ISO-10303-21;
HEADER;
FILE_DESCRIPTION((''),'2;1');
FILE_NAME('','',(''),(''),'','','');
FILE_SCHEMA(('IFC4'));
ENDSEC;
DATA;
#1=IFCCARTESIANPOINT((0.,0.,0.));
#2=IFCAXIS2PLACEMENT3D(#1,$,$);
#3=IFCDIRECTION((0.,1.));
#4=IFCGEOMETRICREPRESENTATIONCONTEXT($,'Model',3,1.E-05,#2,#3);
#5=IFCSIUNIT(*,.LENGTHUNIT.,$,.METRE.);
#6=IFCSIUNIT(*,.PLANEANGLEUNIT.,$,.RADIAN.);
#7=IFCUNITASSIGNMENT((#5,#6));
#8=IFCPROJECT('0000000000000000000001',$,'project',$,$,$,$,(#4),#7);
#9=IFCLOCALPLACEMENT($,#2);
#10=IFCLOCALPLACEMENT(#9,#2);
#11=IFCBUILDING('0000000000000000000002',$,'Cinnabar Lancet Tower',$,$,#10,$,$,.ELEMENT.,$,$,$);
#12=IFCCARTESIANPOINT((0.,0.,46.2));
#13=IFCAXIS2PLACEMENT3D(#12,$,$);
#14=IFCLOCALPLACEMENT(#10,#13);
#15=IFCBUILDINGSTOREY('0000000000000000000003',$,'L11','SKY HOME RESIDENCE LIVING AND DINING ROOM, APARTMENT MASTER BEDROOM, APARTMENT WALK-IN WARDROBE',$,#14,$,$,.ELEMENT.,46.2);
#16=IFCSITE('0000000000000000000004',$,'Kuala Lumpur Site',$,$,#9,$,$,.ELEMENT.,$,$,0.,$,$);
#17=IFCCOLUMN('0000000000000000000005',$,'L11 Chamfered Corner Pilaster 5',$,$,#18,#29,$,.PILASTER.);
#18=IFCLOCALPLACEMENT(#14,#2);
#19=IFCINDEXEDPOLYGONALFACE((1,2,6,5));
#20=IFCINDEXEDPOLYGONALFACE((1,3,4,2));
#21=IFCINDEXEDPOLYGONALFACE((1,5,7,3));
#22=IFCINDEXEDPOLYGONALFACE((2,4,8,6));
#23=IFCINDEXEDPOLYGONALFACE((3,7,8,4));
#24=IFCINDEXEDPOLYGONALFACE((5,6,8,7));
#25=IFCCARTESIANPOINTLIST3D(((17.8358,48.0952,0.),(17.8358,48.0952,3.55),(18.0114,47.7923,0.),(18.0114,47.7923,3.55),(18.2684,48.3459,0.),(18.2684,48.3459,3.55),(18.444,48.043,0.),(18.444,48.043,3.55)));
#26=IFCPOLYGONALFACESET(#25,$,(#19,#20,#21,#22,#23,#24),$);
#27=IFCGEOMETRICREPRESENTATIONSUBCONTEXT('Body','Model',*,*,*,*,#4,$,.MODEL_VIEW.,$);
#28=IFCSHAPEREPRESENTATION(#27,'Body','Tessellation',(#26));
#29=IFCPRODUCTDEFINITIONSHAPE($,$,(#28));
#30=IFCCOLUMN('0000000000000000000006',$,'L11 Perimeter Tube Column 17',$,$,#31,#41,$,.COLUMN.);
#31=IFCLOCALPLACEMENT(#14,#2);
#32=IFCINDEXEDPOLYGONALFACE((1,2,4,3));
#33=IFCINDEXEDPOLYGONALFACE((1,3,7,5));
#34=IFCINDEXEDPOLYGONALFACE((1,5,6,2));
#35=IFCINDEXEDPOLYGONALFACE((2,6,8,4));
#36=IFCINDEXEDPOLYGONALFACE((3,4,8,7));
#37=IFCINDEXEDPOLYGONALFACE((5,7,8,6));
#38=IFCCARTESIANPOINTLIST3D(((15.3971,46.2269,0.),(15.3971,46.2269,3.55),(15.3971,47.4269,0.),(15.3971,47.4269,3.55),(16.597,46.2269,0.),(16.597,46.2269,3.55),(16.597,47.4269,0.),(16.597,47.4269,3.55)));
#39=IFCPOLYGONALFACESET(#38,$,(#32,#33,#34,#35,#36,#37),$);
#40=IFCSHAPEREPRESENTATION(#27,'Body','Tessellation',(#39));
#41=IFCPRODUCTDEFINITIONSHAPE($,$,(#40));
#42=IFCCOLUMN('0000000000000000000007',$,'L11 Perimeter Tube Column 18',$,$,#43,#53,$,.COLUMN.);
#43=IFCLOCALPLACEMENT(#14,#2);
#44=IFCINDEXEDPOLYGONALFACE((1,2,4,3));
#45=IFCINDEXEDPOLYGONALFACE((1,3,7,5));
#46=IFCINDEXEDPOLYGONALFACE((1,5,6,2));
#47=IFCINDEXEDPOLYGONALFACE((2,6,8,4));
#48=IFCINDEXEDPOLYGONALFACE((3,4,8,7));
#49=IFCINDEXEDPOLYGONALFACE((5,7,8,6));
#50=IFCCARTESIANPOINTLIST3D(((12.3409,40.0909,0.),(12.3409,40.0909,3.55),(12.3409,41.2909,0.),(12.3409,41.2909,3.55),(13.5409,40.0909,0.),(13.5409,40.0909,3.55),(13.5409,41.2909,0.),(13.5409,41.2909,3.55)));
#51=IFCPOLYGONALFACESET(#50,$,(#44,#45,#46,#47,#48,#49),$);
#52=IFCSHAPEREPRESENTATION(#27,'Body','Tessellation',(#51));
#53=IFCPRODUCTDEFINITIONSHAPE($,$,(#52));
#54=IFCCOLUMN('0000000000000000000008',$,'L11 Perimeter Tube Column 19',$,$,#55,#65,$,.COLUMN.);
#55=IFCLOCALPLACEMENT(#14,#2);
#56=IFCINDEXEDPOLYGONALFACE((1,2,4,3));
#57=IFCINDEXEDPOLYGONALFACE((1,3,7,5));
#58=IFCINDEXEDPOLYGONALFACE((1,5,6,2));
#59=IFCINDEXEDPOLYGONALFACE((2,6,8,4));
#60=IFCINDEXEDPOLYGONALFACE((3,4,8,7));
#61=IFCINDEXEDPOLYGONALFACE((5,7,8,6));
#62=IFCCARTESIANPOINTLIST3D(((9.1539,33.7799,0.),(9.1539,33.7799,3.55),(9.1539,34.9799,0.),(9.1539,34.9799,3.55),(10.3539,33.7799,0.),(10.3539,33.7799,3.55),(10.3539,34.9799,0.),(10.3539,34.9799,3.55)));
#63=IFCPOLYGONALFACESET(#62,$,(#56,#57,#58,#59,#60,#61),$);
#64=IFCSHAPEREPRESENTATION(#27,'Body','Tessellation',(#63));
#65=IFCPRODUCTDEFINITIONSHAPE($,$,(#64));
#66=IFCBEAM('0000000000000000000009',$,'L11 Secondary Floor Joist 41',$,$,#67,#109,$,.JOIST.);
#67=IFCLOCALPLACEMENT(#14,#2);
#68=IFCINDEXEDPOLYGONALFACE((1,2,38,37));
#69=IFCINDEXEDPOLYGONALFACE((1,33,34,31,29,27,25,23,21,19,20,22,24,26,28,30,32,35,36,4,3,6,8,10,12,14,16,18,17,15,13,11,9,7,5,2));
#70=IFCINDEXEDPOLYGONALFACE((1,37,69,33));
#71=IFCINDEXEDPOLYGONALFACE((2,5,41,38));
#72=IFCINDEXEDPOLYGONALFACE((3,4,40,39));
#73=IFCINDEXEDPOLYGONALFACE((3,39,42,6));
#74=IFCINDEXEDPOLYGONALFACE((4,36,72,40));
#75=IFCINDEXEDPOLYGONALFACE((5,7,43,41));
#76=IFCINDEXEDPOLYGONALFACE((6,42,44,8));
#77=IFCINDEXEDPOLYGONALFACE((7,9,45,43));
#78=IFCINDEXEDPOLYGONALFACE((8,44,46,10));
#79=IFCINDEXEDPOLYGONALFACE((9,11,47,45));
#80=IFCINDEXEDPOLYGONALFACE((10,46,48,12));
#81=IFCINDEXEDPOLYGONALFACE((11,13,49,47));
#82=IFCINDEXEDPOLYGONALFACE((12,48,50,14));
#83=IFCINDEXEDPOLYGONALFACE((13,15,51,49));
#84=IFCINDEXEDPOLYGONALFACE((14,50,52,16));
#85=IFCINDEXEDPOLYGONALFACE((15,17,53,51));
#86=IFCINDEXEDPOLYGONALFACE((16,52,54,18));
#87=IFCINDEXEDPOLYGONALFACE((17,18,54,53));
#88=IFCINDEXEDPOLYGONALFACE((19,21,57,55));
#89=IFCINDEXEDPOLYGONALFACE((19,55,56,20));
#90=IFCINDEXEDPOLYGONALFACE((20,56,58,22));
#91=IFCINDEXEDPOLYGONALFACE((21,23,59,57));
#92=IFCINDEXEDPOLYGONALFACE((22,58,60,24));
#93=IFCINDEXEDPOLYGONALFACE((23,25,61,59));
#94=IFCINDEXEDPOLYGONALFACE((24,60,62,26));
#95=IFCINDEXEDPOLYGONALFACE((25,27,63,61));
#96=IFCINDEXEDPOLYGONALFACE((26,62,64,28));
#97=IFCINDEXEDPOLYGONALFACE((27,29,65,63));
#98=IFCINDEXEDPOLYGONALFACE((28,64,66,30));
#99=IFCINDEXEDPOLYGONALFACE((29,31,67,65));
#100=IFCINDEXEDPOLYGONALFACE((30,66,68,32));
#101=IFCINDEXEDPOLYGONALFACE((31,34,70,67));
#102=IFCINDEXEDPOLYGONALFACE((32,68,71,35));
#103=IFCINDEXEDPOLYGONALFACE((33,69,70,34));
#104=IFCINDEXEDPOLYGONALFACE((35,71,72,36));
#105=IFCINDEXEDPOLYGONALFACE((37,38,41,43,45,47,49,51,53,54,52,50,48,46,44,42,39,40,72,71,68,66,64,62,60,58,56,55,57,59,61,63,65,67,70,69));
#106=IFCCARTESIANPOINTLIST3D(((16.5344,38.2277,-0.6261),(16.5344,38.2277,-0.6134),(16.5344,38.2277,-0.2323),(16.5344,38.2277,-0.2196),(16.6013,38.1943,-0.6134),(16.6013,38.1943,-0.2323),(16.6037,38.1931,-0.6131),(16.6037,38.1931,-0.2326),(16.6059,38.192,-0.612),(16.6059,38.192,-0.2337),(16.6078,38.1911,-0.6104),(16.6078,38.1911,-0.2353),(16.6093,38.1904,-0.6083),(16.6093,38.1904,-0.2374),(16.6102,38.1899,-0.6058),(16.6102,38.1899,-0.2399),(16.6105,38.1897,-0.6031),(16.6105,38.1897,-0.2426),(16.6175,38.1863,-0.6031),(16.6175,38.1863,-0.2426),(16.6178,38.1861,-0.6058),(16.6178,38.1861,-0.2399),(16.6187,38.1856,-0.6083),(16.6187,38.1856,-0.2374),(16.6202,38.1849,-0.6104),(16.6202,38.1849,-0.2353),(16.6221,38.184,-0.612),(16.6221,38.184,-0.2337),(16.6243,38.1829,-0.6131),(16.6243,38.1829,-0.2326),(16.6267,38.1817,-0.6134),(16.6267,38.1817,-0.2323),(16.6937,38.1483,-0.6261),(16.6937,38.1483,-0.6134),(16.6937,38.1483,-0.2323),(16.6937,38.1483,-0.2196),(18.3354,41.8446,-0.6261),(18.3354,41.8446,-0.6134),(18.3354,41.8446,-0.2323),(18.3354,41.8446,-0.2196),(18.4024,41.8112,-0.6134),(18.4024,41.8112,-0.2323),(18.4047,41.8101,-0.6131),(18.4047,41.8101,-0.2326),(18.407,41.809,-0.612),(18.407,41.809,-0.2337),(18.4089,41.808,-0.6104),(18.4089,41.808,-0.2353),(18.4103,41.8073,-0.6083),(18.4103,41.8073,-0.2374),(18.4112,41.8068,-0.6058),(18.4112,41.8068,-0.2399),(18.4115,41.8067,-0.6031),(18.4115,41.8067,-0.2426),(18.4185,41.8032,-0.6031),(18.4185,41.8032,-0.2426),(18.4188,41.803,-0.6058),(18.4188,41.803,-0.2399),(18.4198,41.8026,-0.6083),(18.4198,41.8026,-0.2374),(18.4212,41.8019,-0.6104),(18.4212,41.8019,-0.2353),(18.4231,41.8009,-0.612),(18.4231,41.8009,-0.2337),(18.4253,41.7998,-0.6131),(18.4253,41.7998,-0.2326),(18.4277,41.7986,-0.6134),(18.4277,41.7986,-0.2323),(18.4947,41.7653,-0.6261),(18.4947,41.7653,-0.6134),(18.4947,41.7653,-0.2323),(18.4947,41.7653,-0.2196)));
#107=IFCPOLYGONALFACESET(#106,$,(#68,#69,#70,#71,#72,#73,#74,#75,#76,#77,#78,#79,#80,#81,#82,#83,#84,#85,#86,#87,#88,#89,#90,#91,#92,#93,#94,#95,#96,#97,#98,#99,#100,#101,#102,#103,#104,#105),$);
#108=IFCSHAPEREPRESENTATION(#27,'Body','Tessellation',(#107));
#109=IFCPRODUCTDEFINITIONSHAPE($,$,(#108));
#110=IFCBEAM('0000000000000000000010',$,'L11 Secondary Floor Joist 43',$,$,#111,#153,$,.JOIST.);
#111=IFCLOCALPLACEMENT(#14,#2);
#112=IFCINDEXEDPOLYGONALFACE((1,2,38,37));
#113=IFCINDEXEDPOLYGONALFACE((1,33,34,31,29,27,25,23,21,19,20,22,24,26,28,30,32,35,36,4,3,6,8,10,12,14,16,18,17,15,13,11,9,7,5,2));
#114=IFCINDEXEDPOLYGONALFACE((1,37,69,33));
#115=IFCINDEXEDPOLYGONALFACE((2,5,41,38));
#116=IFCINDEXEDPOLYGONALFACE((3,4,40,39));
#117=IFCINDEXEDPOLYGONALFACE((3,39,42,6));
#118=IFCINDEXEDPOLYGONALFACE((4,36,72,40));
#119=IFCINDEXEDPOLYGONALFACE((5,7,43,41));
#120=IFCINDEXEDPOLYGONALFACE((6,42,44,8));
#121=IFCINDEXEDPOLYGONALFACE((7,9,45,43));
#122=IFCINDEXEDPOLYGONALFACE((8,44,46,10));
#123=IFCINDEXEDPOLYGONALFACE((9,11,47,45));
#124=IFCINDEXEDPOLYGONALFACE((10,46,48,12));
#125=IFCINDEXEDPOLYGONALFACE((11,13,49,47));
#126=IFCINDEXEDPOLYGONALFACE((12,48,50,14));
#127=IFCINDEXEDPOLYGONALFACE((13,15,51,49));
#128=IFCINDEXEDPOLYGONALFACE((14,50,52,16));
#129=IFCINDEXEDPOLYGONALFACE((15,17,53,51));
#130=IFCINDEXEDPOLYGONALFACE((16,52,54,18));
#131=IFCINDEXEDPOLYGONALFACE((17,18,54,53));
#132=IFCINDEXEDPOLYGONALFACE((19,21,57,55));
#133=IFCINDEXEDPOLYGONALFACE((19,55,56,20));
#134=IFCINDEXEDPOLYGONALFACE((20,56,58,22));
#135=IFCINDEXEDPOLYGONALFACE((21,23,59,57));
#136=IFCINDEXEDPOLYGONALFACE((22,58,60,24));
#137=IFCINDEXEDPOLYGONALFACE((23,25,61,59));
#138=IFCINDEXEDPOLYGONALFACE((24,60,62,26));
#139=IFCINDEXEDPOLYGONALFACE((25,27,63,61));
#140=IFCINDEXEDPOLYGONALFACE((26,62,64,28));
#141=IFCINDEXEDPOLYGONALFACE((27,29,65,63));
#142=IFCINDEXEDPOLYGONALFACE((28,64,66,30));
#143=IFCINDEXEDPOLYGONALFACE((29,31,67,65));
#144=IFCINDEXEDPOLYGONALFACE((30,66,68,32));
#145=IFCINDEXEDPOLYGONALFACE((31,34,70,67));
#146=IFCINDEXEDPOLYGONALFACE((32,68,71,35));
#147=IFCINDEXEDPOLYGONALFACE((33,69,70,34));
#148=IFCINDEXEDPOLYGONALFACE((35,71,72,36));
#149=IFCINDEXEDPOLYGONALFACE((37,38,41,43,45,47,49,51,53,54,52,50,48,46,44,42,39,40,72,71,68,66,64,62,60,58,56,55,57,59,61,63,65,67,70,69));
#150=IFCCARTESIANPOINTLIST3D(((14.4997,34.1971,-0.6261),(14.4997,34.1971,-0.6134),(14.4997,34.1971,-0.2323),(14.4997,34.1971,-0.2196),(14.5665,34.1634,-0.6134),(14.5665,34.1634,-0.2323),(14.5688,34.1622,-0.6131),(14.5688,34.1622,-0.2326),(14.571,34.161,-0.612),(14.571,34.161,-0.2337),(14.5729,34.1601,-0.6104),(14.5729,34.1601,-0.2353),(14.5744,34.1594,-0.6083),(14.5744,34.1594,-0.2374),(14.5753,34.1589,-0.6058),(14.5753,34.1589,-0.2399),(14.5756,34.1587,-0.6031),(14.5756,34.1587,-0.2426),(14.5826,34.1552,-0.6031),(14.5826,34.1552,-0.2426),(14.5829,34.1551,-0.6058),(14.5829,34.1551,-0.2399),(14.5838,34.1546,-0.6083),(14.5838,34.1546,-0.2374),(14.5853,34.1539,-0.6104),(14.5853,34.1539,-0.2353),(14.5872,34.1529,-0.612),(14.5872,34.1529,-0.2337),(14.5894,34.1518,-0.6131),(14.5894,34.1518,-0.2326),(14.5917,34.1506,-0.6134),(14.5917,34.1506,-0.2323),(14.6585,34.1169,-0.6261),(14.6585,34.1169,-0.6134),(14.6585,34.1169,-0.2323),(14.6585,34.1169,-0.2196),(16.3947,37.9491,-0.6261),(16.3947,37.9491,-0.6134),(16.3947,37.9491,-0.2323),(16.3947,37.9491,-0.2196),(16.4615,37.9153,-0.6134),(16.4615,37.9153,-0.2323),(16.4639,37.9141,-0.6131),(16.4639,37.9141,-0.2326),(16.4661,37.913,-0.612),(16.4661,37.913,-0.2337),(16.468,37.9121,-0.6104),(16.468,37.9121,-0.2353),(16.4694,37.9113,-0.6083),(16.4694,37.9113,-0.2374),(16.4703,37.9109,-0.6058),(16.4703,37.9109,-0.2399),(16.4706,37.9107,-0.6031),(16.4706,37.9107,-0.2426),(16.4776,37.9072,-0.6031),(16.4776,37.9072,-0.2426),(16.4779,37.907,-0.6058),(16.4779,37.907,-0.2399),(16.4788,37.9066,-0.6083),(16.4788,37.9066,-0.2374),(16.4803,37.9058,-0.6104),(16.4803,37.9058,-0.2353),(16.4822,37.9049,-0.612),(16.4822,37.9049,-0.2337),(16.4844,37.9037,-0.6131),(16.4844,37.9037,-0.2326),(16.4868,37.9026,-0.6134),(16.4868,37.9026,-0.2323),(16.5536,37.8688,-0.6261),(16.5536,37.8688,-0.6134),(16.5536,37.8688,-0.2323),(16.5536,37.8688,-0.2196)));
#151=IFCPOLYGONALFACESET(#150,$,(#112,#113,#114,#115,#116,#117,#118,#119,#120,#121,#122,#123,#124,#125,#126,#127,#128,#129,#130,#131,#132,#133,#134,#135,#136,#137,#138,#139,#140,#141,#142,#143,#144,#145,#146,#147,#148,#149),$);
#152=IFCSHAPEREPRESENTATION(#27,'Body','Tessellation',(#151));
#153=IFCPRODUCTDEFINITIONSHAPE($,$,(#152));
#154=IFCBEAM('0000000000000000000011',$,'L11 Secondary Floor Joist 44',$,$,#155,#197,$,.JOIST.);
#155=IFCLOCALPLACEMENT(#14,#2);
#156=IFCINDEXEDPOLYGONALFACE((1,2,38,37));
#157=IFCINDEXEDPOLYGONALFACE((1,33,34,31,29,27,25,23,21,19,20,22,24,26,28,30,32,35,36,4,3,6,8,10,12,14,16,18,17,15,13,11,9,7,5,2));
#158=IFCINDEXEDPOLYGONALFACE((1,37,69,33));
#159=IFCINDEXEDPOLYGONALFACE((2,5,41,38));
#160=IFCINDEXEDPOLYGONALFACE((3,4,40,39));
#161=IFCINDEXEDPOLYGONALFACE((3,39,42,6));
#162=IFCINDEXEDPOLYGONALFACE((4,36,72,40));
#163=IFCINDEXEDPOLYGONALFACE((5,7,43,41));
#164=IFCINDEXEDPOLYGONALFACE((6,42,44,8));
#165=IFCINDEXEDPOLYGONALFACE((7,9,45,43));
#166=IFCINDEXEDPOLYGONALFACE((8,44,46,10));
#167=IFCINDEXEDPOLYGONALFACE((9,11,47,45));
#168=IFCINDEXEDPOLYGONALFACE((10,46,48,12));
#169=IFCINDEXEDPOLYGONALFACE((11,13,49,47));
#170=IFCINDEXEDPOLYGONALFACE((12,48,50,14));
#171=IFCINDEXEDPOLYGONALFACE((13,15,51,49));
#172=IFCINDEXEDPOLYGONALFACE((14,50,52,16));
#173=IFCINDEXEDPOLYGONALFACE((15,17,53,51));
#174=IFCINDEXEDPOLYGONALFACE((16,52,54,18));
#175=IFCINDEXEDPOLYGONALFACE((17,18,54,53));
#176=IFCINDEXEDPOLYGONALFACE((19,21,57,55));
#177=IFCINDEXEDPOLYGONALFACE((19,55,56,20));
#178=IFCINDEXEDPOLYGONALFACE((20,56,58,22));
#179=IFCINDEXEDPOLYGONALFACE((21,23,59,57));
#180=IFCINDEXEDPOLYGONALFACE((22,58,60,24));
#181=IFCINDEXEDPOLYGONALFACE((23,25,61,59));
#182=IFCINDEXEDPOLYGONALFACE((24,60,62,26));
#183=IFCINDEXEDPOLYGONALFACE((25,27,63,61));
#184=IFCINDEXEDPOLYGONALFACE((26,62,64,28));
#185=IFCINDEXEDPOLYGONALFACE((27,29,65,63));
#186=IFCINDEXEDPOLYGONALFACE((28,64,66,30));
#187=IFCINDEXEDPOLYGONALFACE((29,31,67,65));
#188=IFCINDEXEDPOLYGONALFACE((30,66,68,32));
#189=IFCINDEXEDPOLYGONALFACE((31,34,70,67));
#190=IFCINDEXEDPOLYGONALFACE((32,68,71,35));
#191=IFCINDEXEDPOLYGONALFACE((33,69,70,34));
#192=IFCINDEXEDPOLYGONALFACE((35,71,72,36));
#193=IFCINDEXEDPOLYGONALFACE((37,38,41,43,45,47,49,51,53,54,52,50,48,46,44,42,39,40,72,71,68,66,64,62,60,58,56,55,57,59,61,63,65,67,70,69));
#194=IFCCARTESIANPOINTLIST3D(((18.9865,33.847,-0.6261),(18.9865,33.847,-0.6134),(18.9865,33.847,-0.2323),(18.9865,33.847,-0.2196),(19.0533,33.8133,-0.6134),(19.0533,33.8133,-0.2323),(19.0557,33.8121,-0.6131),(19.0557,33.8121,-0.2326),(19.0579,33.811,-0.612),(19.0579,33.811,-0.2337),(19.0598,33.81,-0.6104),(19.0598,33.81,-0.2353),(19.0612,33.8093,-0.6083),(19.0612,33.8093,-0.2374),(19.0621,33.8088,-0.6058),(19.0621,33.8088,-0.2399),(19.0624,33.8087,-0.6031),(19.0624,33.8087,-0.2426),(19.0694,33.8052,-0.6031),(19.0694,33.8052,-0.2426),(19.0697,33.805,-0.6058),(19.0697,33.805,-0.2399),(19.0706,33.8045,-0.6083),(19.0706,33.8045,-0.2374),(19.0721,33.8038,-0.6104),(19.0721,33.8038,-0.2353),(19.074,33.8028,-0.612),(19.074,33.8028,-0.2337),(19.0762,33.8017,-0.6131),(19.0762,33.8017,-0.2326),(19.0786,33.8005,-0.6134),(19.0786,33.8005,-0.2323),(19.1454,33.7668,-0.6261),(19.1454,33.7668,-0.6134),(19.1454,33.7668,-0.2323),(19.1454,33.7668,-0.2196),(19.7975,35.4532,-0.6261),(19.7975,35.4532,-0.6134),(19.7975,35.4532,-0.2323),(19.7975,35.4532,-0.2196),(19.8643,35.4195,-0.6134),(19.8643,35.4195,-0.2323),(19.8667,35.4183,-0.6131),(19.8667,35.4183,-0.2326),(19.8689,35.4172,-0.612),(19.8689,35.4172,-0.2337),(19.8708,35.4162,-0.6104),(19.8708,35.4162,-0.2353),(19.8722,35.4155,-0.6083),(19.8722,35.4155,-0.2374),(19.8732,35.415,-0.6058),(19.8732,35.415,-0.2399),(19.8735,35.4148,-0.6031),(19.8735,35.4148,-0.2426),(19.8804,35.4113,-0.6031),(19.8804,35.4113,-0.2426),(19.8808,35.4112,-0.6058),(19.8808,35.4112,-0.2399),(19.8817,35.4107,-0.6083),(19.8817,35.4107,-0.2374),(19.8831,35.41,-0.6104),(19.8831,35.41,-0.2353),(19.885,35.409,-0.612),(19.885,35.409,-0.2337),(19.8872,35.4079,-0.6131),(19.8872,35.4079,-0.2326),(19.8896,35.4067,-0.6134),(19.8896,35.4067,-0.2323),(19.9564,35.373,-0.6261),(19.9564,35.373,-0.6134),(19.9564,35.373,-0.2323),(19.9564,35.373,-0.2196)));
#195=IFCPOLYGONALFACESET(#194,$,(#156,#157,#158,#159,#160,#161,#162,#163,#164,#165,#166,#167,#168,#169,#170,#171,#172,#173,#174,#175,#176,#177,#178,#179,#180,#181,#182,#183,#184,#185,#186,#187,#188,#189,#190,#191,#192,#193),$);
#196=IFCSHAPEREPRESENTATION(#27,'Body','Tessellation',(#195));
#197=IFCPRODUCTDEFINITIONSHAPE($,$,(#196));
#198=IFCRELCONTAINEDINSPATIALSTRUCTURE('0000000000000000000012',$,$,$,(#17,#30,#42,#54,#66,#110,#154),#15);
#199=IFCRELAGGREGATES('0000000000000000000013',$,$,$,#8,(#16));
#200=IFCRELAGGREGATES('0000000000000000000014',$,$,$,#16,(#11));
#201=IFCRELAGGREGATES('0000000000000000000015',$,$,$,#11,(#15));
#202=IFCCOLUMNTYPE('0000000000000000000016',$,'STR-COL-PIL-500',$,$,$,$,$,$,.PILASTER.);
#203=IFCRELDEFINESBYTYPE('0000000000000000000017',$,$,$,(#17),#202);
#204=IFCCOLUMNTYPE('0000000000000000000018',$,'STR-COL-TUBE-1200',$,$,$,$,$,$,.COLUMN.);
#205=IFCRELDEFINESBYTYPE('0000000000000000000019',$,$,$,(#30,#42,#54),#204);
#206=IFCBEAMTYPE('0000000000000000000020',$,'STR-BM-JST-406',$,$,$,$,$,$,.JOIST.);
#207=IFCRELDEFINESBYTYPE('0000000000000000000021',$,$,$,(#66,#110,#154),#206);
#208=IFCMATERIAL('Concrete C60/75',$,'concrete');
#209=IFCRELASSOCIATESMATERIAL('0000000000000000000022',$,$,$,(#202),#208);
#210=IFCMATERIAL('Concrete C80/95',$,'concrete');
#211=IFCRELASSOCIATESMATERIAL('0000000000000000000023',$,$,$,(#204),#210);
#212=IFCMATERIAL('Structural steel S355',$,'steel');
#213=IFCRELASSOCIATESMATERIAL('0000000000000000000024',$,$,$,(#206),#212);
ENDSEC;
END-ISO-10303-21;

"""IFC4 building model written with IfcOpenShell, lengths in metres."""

from ifc_helpers import new_model, si_unit, direction, frame, origin, origin_2d, place, context, subcontext, project, spatial, rectangle, i_section, extrude, material, material_profile, profile_set, type_object, element, save


model = new_model("IFC4")

# Units and contexts
model_context = context("Model", 3, precision=1e-05, world=origin(), true_north=direction((0.0, 1.0)))
body_context = subcontext(model_context, "Body", "Model", "MODEL_VIEW")
ifc_project = project(units=[si_unit("LENGTHUNIT", "METRE"), si_unit("PLANEANGLEUNIT", "RADIAN")], contexts=[model_context])

# Site, building, storey
site_placement = place(None, origin())
site = spatial("IfcSite", under=ifc_project, at=site_placement, Name="Kuala Lumpur Site", CompositionType="ELEMENT", RefElevation=0.0)
building_placement = place(site_placement, origin())
building = spatial("IfcBuilding", under=site, at=building_placement, Name="Cinnabar Lancet Tower", CompositionType="ELEMENT")
storey_placement = place(building_placement, frame((0.0, 0.0, 46.2)))
storey = spatial("IfcBuildingStorey", under=building, at=storey_placement, Name="L11", Description="SKY HOME RESIDENCE LIVING AND DINING ROOM, APARTMENT MASTER BEDROOM, APARTMENT WALK-IN WARDROBE", CompositionType="ELEMENT", Elevation=46.2)

# Columns
ifc_material_1 = material(Name="Concrete C60/75", Category="concrete")
ifc_material_profile_1 = material_profile(ifc_material_1, rectangle(XDim=0.5, YDim=0.3501, at=origin_2d()), Name="RC-PIL 500x350")
ifc_profile_set_1 = profile_set([ifc_material_profile_1], Name="Concrete C60/75")
column_type_1 = type_object("IfcColumnType", Name="STR-COL-PIL-500", PredefinedType="PILASTER", material=ifc_profile_set_1)
column_placement = place(storey_placement, frame((18.1399, 48.0691, 0.0), z_axis=(0.0, 0.0, 1.0), x_axis=(-0.865195, -0.501435, 0.0)))
element("IfcColumn", 1, at=column_placement, inside=storey, type_object=column_type_1, Name="L11 Chamfered Corner Pilaster 5", PredefinedType="PILASTER", context=body_context, shape_type="SweptSolid", body=[
    extrude(rectangle(XDim=0.5, YDim=0.3501, at=origin_2d()), origin(), (0.0, 0.0, 1.0), 3.55),
])
ifc_material_2 = material(Name="Concrete C80/95", Category="concrete")
ifc_material_profile_2 = material_profile(ifc_material_2, rectangle(XDim=1.2, YDim=1.2, at=origin_2d()), Name="RC-COL 1200x1200")
ifc_profile_set_2 = profile_set([ifc_material_profile_2], Name="Concrete C80/95")
column_type_2 = type_object("IfcColumnType", Name="STR-COL-TUBE-1200", PredefinedType="COLUMN", material=ifc_profile_set_2)
for number, where, z_axis, x_axis, name in (
    (2, (15.9971, 46.8269, 0.0), (0.0, 0.0, 1.0), (1.0, 0.0, 0.0), "L11 Perimeter Tube Column 17"),
    (3, (12.9409, 40.6909, 0.0), (0.0, 0.0, 1.0), (1.0, 0.0, 0.0), "L11 Perimeter Tube Column 18"),
    (4, (9.7539, 34.3799, 0.0), (0.0, 0.0, 1.0), (1.0, 0.0, 0.0), "L11 Perimeter Tube Column 19"),
):
    element("IfcColumn", number, at=place(storey_placement, frame(where, z_axis=z_axis, x_axis=x_axis)), inside=storey, type_object=column_type_2, Name=name, PredefinedType="COLUMN", context=body_context, shape_type="SweptSolid", body=[
        extrude(rectangle(XDim=1.2, YDim=1.2, at=origin_2d()), origin(), (0.0, 0.0, 1.0), 3.55),
    ])

# Beams
ifc_material_3 = material(Name="Structural steel S355", Category="steel")
ifc_material_profile_3 = material_profile(ifc_material_3, i_section(OverallWidth=0.178, OverallDepth=0.4065, WebThickness=0.0078, FlangeThickness=0.0127, FilletRadius=0.0103, at=origin_2d()), Name="UKB 406x178x60")
ifc_profile_set_3 = profile_set([ifc_material_profile_3], Name="Structural steel S355")
beam_type_1 = type_object("IfcBeamType", Name="STR-BM-JST-406", PredefinedType="JOIST", material=ifc_profile_set_3)
beam_1_placement = place(storey_placement, frame((18.415, 41.8049, -0.4229), z_axis=(-0.445739, -0.895163, 0.0), x_axis=(0.895163, -0.445739, 0.0)))
element("IfcBeam", 5, at=beam_1_placement, inside=storey, type_object=beam_type_1, Name="L11 Secondary Floor Joist 41", PredefinedType="JOIST", context=body_context, shape_type="SweptSolid", body=[
    extrude(i_section(OverallWidth=0.178, OverallDepth=0.4065, WebThickness=0.0078, FlangeThickness=0.0127, FilletRadius=0.0103, at=origin_2d()), origin(), (0.0, 0.0, 1.0), 4.0405),
])
beam_2_placement = place(storey_placement, frame((16.4741, 37.9089, -0.4229), z_axis=(-0.450834, -0.892608, 0.0), x_axis=(0.892608, -0.450834, 0.0)))
element("IfcBeam", 6, at=beam_2_placement, inside=storey, type_object=beam_type_1, Name="L11 Secondary Floor Joist 43", PredefinedType="JOIST", context=body_context, shape_type="SweptSolid", body=[
    extrude(i_section(OverallWidth=0.178, OverallDepth=0.4065, WebThickness=0.0078, FlangeThickness=0.0127, FilletRadius=0.0103, at=origin_2d()), origin(), (0.0, 0.0, 1.0), 4.2034),
])
beam_3_placement = place(storey_placement, frame((19.877, 35.4131, -0.4229), z_axis=(-0.450738, -0.892656, 0.0), x_axis=(0.892656, -0.450738, 0.0)))
element("IfcBeam", 7, at=beam_3_placement, inside=storey, type_object=beam_type_1, Name="L11 Secondary Floor Joist 44", PredefinedType="JOIST", context=body_context, shape_type="SweptSolid", body=[
    extrude(i_section(OverallWidth=0.178, OverallDepth=0.4065, WebThickness=0.0078, FlangeThickness=0.0127, FilletRadius=0.0103, at=origin_2d()), origin(), (0.0, 0.0, 1.0), 1.7993),
])

save(model, "model.ifc")
